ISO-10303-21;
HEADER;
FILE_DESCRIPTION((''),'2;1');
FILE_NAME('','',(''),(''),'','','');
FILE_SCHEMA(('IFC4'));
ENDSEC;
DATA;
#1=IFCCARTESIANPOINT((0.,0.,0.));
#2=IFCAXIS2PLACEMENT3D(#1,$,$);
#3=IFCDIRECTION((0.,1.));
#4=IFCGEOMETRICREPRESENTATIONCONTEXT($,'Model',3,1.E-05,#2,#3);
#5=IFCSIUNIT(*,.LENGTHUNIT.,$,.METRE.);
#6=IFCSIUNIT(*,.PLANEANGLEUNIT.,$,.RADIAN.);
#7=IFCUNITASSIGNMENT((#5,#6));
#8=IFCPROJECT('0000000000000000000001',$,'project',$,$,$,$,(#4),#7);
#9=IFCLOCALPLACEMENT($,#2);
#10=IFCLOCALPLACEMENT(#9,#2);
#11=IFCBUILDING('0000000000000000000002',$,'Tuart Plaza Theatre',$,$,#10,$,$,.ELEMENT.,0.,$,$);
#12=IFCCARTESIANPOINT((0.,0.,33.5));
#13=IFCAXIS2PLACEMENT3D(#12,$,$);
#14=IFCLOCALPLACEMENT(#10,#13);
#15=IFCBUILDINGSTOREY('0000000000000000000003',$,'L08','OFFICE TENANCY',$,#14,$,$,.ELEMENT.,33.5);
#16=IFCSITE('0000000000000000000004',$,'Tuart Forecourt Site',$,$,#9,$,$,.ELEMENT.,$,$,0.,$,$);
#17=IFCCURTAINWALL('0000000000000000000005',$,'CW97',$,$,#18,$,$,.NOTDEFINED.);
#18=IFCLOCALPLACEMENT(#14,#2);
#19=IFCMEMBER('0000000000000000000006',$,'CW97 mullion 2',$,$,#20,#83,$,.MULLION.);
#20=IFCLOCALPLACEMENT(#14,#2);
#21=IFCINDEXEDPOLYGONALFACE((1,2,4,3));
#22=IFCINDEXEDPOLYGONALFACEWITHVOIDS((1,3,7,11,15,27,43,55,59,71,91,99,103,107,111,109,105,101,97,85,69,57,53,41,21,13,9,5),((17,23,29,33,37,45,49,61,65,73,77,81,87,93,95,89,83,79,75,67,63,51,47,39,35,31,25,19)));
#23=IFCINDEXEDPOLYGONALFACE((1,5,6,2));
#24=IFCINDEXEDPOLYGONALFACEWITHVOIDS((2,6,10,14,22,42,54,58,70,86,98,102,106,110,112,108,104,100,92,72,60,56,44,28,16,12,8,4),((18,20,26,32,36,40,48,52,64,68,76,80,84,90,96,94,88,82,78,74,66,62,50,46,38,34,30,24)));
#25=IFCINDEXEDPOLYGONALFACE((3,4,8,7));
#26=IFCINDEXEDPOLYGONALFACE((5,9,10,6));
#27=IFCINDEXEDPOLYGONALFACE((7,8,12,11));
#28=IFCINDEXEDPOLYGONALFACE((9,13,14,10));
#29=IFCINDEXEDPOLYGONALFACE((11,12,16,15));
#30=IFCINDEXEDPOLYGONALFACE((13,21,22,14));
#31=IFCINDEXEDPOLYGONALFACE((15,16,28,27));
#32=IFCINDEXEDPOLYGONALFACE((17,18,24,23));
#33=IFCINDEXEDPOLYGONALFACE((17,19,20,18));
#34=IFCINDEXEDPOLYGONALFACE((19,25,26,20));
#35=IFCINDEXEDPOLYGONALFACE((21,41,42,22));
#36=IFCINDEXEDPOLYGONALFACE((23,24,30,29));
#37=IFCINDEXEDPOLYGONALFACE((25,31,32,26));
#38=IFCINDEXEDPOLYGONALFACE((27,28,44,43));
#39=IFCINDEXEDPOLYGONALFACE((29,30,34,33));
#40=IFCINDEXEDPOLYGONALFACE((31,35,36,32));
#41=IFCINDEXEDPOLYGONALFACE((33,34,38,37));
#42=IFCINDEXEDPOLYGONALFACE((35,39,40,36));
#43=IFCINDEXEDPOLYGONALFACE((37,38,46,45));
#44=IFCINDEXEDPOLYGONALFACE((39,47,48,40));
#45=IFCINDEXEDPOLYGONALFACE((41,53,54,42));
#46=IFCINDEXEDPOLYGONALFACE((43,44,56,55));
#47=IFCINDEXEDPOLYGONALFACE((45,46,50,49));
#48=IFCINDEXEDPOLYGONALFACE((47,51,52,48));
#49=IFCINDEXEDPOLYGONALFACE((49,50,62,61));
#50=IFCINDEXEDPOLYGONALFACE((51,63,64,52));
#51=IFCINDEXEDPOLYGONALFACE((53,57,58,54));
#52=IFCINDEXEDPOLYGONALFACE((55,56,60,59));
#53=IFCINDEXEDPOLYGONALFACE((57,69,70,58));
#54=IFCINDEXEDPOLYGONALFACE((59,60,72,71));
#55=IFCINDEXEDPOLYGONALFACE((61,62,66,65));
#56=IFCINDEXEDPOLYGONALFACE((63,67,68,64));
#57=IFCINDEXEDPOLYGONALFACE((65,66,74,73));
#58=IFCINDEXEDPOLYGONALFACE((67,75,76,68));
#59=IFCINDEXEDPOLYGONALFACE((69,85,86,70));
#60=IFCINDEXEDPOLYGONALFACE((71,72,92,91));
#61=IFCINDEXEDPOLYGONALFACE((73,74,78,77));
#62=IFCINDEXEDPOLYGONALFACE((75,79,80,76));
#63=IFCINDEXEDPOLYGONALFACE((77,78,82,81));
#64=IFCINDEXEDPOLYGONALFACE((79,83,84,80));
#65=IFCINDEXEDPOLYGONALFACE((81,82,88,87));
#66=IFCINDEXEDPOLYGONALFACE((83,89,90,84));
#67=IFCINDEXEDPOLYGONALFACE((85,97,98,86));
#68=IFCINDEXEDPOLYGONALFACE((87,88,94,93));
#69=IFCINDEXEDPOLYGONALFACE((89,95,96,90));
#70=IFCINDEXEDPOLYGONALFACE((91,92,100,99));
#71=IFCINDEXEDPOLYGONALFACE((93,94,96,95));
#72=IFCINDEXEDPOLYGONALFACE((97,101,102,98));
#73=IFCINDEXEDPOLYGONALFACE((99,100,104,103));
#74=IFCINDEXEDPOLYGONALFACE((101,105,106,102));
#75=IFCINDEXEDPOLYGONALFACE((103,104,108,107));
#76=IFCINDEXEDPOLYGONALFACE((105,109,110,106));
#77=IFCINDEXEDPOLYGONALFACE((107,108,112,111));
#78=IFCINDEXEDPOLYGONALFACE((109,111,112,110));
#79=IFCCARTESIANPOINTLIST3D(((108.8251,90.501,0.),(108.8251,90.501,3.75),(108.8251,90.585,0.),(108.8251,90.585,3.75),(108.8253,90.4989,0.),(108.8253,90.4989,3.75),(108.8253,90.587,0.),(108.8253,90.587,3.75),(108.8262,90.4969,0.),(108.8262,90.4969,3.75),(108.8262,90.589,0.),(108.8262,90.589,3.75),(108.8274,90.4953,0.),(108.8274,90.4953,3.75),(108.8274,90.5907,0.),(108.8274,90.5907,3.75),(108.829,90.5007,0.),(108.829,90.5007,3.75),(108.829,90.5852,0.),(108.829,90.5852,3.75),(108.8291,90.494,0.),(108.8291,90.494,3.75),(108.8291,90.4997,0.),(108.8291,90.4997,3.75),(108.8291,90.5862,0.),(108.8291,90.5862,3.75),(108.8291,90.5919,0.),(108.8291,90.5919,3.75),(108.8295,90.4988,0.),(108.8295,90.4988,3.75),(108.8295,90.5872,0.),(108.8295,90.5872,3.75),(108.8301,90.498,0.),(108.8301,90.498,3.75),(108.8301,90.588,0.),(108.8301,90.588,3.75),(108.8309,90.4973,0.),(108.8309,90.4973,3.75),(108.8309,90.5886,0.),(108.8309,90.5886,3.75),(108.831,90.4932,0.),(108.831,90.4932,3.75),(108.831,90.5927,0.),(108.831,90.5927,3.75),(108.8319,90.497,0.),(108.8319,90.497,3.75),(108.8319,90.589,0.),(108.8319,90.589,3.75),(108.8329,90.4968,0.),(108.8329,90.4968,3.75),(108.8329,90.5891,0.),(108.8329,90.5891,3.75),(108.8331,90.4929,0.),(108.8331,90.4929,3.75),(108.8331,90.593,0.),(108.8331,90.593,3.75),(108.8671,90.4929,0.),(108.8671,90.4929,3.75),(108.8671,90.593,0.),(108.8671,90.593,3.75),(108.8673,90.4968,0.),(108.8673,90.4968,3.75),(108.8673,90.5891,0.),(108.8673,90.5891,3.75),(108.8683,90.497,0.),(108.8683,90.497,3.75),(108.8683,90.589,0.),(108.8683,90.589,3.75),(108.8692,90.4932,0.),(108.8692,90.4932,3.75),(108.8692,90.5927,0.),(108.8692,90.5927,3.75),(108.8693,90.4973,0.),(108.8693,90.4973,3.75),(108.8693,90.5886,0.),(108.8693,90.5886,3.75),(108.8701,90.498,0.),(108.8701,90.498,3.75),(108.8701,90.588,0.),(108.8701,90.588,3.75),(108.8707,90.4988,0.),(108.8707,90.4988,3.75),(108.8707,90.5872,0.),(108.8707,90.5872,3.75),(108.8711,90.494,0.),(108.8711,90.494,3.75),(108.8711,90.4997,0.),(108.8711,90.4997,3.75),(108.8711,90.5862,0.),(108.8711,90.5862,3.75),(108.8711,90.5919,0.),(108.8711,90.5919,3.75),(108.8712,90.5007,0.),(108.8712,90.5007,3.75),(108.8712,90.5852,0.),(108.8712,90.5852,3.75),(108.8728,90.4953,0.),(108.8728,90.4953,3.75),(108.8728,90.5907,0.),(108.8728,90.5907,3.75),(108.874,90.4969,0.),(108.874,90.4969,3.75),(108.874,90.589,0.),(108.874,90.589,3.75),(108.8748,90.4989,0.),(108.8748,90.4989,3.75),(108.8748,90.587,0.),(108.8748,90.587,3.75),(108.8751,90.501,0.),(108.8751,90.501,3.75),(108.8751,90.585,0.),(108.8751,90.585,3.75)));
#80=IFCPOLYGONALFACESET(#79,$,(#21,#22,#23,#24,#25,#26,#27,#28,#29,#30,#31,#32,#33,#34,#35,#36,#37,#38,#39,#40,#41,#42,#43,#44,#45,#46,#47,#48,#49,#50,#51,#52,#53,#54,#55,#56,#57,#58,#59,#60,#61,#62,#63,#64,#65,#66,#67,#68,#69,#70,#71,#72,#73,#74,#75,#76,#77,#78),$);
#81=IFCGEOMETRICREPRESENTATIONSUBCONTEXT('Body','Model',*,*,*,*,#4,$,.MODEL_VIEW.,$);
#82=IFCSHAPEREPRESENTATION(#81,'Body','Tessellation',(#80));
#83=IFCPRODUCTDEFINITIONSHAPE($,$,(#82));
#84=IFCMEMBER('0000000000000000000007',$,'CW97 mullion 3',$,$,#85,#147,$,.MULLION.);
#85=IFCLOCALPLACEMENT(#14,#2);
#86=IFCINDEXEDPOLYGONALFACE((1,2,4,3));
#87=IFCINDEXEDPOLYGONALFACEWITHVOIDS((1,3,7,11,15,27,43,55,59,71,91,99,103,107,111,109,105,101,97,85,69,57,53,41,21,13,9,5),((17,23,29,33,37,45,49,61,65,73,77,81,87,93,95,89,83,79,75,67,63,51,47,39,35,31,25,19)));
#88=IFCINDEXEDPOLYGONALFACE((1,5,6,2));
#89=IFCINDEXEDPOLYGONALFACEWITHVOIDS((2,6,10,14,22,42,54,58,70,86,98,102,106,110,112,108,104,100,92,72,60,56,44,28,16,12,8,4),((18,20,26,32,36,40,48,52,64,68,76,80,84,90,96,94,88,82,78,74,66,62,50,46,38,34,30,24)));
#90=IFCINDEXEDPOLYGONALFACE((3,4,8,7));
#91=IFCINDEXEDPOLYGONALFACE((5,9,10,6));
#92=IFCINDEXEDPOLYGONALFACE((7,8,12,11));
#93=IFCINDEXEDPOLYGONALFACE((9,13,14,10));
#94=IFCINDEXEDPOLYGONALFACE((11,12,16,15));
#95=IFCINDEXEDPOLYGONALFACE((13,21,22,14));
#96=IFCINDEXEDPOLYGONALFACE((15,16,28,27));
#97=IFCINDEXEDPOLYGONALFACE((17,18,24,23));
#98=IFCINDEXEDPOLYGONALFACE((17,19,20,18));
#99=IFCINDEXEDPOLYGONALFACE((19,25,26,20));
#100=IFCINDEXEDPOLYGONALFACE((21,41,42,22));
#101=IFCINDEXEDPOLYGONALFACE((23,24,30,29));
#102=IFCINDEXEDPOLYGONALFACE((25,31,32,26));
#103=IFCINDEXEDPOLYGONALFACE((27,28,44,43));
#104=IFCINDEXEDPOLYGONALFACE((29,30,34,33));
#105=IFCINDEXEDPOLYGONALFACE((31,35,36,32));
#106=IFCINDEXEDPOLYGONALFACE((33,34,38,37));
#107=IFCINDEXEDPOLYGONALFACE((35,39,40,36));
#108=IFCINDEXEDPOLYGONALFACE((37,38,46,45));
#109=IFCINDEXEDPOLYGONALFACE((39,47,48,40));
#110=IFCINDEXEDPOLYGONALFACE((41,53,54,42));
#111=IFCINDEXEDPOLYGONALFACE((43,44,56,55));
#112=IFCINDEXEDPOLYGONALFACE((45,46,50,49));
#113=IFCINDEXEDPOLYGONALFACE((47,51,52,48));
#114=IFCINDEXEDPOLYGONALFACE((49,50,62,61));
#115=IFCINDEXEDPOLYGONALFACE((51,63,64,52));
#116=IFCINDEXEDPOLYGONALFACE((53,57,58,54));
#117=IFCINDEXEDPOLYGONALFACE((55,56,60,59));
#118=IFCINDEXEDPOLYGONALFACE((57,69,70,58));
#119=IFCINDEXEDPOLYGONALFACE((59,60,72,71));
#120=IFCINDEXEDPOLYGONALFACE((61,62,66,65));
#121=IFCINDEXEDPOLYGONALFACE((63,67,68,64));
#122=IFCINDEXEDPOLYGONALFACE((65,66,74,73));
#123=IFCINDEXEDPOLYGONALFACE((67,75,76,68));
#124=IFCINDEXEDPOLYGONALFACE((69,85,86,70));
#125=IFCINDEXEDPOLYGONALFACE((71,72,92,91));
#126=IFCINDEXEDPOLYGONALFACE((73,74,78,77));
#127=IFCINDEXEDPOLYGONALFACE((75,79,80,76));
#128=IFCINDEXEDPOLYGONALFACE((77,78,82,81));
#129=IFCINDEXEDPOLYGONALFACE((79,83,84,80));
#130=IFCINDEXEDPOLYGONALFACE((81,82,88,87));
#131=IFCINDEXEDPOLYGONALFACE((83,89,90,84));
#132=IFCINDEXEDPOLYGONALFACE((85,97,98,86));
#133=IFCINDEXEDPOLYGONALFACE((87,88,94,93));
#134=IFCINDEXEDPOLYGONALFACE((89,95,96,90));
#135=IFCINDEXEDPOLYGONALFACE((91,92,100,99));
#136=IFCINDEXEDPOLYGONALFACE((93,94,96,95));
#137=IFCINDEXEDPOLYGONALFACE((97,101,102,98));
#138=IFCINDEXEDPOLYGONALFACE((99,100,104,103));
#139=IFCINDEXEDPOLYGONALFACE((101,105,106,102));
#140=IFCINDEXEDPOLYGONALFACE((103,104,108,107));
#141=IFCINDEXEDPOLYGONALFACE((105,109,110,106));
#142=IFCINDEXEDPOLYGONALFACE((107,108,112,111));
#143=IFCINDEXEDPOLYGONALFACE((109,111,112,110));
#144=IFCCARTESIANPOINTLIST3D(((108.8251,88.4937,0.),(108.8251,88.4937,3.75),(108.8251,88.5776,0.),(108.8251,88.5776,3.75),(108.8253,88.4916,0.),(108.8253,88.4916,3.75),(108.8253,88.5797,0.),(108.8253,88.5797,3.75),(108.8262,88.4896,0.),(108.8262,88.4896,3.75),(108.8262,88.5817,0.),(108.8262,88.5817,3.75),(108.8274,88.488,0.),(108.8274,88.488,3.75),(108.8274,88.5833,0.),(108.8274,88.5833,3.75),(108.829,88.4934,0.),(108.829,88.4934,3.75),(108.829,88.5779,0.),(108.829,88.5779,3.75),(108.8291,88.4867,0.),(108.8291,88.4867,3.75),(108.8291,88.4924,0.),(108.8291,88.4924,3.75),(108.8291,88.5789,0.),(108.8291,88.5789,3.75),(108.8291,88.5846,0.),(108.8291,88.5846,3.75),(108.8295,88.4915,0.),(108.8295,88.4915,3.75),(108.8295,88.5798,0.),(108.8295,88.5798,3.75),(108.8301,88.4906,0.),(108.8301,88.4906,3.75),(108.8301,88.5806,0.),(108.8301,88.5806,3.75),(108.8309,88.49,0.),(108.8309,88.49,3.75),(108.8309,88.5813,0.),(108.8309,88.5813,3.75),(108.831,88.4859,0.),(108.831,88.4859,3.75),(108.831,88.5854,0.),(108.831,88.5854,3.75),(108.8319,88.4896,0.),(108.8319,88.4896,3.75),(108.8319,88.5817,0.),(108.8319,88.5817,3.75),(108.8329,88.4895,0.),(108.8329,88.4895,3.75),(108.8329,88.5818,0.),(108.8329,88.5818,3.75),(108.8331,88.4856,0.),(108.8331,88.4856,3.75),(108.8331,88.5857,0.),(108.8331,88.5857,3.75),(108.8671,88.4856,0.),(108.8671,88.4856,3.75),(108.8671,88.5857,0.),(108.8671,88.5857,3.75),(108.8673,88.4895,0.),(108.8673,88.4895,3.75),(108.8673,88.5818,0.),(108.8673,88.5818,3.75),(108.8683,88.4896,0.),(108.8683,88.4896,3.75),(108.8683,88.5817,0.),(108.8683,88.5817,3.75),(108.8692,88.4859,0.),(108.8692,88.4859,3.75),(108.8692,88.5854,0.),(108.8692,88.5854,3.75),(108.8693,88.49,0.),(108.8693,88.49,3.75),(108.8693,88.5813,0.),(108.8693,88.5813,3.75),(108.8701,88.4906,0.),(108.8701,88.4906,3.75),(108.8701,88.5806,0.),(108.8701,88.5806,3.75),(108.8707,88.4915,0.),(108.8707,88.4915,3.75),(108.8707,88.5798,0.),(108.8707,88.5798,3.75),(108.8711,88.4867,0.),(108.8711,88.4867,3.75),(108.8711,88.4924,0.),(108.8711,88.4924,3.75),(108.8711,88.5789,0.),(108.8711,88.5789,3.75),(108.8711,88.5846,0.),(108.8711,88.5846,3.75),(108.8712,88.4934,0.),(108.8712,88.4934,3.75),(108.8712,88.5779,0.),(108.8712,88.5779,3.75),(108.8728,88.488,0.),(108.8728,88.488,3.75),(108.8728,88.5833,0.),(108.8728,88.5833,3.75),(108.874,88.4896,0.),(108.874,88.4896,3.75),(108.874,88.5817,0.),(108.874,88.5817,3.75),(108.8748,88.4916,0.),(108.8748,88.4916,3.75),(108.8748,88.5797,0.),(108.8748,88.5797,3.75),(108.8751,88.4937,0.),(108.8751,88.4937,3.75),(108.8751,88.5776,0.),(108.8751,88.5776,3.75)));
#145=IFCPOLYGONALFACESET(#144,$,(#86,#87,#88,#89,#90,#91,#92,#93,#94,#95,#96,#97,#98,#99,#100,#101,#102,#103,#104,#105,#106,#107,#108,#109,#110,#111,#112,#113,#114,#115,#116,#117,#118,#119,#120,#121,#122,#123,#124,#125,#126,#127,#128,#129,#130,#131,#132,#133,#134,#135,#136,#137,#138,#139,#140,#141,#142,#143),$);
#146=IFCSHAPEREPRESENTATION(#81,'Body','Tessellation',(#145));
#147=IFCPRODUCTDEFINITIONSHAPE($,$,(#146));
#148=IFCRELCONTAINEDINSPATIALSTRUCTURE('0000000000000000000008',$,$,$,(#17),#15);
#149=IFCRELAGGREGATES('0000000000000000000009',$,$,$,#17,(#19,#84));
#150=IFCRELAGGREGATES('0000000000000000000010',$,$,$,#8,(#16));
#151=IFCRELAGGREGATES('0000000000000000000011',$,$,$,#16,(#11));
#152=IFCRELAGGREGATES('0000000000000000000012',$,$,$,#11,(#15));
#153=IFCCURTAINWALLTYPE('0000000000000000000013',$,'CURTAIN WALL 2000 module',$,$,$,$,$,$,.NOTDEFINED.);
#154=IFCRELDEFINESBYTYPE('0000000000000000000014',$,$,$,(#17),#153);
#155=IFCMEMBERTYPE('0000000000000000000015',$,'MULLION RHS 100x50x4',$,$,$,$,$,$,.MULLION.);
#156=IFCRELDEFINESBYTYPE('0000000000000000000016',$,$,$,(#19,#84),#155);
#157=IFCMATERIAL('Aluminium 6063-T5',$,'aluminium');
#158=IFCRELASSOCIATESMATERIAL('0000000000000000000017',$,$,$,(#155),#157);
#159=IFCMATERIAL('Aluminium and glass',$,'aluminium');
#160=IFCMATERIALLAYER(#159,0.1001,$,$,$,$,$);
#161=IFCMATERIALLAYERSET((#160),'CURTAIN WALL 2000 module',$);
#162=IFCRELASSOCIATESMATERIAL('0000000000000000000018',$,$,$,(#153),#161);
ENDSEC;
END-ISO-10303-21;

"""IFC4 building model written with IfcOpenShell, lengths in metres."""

from ifc_helpers import new_model, si_unit, direction, frame, origin, origin_2d, place, context, subcontext, project, spatial, hollow_rectangle, extrude, material, layer, layer_set, material_profile, profile_set, type_object, element, aggregate, save


model = new_model("IFC4")

# Units and contexts
model_context = context("Model", 3, precision=1e-05, world=origin(), true_north=direction((0.0, 1.0)))
body_context = subcontext(model_context, "Body", "Model", "MODEL_VIEW")
ifc_project = project(units=[si_unit("LENGTHUNIT", "METRE"), si_unit("PLANEANGLEUNIT", "RADIAN")], contexts=[model_context])

# Site, building, storey
site_placement = place(None, origin())
site = spatial("IfcSite", under=ifc_project, at=site_placement, Name="Tuart Forecourt Site", CompositionType="ELEMENT", RefElevation=0.0)
building_placement = place(site_placement, origin())
building = spatial("IfcBuilding", under=site, at=building_placement, Name="Tuart Plaza Theatre", CompositionType="ELEMENT", ElevationOfRefHeight=0.0)
storey_placement = place(building_placement, frame((0.0, 0.0, 33.5)))
storey = spatial("IfcBuildingStorey", under=building, at=storey_placement, Name="L08", Description="OFFICE TENANCY", CompositionType="ELEMENT", Elevation=33.5)

# Shared definitions
ifc_material_1 = material(Name="Aluminium 6063-T5", Category="aluminium")
ifc_material_profile_1 = material_profile(ifc_material_1, hollow_rectangle(XDim=0.05, YDim=0.1001, WallThickness=0.0039, InnerFilletRadius=0.0039, OuterFilletRadius=0.0081, at=origin_2d()), Name="RHS 100x50x4")
ifc_profile_set_1 = profile_set([ifc_material_profile_1], Name="Aluminium 6063-T5")
member_type_1 = type_object("IfcMemberType", Name="MULLION RHS 100x50x4", PredefinedType="MULLION", material=ifc_profile_set_1)

# Curtain wall, members
ifc_material_2 = material(Name="Aluminium and glass", Category="aluminium")
ifc_layer_1 = layer(ifc_material_2, 0.1001)
ifc_layer_set_1 = layer_set([ifc_layer_1], Name="CURTAIN WALL 2000 module")
curtain_wall_type_1 = type_object("IfcCurtainWallType", Name="CURTAIN WALL 2000 module", PredefinedType="NOTDEFINED", material=ifc_layer_set_1)
curtain_wall_1_placement = place(storey_placement, origin())
curtain_wall_1 = element("IfcCurtainWall", 1, at=curtain_wall_1_placement, inside=storey, type_object=curtain_wall_type_1, Name="CW97", PredefinedType="NOTDEFINED")
member_1_placement = place(storey_placement, frame((108.8501, 90.543, 0.0), z_axis=(0.0, 0.0, 1.0), x_axis=(1.0, 0.0, 0.0)))
member_1 = element("IfcMember", 2, at=member_1_placement, type_object=member_type_1, Name="CW97 mullion 2", PredefinedType="MULLION", context=body_context, shape_type="SweptSolid", body=[
    extrude(hollow_rectangle(XDim=0.05, YDim=0.1001, WallThickness=0.0039, InnerFilletRadius=0.0039, OuterFilletRadius=0.0081, at=origin_2d()), origin(), (0.0, 0.0, 1.0), 3.75),
])
member_2_placement = place(storey_placement, frame((108.8501, 88.5356, 0.0), z_axis=(0.0, 0.0, 1.0), x_axis=(1.0, 0.0, 0.0)))
member_2 = element("IfcMember", 3, at=member_2_placement, type_object=member_type_1, Name="CW97 mullion 3", PredefinedType="MULLION", context=body_context, shape_type="SweptSolid", body=[
    extrude(hollow_rectangle(XDim=0.05, YDim=0.1001, WallThickness=0.0039, InnerFilletRadius=0.0039, OuterFilletRadius=0.0081, at=origin_2d()), origin(), (0.0, 0.0, 1.0), 3.75),
])
aggregate(curtain_wall_1, [member_1, member_2])

save(model, "model.ifc")
